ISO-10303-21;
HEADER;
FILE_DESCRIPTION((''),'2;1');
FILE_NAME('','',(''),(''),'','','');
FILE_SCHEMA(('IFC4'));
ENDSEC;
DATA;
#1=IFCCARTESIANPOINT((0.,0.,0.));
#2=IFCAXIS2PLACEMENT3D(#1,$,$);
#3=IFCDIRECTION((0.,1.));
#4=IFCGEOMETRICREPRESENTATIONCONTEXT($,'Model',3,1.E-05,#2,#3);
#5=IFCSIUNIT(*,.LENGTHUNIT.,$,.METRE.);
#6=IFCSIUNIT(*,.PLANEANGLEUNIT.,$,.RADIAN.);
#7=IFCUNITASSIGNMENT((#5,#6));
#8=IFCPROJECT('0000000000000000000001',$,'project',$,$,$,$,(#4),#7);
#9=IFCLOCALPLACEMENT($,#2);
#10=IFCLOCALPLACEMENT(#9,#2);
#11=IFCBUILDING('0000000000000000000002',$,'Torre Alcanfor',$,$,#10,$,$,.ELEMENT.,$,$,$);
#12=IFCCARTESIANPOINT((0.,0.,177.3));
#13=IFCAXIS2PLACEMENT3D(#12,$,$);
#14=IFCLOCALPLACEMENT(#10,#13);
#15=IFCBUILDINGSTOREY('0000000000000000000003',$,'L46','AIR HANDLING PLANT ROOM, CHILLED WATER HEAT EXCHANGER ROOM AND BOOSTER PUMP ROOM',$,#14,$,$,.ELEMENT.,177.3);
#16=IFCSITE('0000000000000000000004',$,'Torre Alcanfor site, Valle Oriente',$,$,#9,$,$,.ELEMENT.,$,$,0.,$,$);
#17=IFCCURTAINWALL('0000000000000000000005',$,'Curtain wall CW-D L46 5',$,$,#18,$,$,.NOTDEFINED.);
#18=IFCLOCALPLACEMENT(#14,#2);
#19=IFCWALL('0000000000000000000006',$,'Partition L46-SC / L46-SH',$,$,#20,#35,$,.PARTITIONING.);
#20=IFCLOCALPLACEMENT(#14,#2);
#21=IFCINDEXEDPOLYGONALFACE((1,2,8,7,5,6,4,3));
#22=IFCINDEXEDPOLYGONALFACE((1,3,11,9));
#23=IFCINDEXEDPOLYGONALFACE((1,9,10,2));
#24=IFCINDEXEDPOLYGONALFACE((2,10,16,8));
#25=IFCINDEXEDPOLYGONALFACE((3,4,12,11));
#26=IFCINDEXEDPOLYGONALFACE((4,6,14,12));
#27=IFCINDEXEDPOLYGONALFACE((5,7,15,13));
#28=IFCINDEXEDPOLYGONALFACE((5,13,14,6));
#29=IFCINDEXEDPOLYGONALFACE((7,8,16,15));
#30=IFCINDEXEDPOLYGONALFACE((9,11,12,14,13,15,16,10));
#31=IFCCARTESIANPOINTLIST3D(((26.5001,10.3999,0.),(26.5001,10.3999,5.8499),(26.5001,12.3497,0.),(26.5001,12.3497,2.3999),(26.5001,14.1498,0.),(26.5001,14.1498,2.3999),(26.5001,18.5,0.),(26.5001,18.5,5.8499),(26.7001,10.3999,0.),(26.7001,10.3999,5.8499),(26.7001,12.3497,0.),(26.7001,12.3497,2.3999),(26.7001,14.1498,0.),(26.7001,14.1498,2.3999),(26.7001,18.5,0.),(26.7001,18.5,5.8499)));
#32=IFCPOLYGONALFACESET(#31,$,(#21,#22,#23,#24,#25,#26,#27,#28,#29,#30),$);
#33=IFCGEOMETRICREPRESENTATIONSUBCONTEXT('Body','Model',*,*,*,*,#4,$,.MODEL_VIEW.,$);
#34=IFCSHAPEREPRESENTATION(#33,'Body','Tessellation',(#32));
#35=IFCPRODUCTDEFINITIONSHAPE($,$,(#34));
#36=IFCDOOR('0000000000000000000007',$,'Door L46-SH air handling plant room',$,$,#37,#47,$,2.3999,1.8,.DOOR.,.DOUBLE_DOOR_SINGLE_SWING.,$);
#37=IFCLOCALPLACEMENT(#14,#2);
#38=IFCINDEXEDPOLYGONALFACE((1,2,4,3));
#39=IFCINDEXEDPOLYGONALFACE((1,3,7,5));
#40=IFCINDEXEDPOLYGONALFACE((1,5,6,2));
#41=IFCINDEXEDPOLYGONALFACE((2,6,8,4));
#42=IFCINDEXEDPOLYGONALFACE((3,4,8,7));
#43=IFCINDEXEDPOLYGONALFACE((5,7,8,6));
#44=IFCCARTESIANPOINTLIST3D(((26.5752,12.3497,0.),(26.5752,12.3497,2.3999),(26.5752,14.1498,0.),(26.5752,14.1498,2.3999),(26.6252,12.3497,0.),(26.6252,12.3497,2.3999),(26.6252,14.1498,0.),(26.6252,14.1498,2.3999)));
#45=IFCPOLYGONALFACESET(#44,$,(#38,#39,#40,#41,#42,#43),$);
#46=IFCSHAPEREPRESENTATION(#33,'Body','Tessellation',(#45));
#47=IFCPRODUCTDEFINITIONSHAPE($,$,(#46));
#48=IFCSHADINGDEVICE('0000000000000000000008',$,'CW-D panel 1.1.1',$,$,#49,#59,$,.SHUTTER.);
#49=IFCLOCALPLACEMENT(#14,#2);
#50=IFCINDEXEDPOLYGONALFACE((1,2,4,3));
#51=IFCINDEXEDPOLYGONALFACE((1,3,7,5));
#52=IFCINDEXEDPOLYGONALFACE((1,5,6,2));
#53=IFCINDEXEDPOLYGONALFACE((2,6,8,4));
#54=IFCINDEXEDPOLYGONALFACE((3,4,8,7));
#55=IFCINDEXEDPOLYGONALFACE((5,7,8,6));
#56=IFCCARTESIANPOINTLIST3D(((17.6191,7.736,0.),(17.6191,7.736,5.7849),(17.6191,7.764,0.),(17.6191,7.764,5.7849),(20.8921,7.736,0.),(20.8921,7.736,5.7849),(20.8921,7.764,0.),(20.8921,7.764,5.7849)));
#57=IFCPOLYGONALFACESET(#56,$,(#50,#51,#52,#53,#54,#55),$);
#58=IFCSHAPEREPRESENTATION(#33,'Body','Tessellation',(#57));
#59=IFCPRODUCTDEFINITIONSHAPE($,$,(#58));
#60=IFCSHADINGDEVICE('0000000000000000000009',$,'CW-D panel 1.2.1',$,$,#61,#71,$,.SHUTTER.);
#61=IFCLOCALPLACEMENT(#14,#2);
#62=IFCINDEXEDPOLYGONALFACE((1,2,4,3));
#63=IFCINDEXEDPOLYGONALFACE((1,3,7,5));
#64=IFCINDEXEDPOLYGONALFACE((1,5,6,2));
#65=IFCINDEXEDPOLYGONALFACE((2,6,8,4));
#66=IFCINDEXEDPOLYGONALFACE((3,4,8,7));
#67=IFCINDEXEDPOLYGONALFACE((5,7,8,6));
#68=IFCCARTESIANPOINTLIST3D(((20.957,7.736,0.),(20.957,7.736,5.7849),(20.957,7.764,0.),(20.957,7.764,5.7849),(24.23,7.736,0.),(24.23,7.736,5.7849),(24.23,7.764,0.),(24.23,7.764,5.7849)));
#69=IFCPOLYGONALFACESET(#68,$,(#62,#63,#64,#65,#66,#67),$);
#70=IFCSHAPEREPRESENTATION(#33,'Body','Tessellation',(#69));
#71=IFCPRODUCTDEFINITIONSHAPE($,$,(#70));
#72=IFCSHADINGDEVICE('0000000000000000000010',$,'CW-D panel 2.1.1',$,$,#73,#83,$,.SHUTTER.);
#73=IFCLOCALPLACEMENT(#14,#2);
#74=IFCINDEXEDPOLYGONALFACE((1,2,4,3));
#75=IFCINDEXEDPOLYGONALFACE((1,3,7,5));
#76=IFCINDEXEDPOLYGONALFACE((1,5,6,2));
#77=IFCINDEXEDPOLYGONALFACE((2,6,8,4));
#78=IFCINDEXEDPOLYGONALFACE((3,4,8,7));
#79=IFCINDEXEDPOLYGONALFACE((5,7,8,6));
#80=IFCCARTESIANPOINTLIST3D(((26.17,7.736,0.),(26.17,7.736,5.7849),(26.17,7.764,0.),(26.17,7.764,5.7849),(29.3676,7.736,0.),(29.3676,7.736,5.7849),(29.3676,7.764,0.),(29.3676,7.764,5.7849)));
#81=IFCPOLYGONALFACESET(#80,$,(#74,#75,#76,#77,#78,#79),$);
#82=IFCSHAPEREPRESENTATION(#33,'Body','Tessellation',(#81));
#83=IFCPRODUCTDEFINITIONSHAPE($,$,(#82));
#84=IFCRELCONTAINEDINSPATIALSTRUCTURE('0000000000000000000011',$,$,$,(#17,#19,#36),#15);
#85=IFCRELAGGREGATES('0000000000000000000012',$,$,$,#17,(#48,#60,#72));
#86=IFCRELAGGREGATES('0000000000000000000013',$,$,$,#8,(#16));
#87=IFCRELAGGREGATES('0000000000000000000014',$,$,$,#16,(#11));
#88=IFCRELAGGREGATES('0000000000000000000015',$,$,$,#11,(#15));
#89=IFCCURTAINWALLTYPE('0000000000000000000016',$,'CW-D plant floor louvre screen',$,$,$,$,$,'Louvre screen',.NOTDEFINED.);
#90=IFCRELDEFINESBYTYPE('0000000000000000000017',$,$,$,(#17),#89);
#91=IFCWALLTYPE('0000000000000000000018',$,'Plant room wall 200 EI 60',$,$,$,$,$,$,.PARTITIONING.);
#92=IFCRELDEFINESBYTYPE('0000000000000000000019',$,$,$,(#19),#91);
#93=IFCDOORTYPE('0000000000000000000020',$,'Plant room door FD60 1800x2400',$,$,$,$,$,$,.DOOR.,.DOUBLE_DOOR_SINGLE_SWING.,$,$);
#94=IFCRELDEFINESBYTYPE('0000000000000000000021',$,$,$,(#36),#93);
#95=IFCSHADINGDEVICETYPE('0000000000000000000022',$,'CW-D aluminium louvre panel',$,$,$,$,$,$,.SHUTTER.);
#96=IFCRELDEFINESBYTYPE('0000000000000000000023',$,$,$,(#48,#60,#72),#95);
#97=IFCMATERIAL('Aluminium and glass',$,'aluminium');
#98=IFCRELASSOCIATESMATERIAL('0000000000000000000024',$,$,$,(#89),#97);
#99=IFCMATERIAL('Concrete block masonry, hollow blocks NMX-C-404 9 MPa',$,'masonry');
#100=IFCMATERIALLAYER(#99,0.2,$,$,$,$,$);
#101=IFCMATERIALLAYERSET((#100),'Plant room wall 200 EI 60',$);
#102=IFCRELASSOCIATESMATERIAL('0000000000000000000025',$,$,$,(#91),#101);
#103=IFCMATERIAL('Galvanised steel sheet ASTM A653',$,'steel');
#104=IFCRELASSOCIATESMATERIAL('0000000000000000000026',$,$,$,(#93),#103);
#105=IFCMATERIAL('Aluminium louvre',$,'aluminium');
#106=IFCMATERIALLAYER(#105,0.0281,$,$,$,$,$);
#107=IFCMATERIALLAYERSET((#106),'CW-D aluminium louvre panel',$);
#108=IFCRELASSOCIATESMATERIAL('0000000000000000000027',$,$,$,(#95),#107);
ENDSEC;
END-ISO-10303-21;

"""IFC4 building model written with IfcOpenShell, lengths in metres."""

from ifc_helpers import new_model, si_unit, direction, frame, frame_2d, origin, origin_2d, place, context, subcontext, project, spatial, rectangle, extrude, material, layer, layer_set, type_object, element, fill, aggregate, save


model = new_model("IFC4")

# Units and contexts
model_context = context("Model", 3, precision=1e-05, world=origin(), true_north=direction((0.0, 1.0)))
body_context = subcontext(model_context, "Body", "Model", "MODEL_VIEW")
ifc_project = project(units=[si_unit("LENGTHUNIT", "METRE"), si_unit("PLANEANGLEUNIT", "RADIAN")], contexts=[model_context])

# Site, building, storey
site_placement = place(None, origin())
site = spatial("IfcSite", under=ifc_project, at=site_placement, Name="Torre Alcanfor site, Valle Oriente", CompositionType="ELEMENT", RefElevation=0.0)
building_placement = place(site_placement, origin())
building = spatial("IfcBuilding", under=site, at=building_placement, Name="Torre Alcanfor", CompositionType="ELEMENT")
storey_placement = place(building_placement, frame((0.0, 0.0, 177.3)))
storey = spatial("IfcBuildingStorey", under=building, at=storey_placement, Name="L46", Description="AIR HANDLING PLANT ROOM, CHILLED WATER HEAT EXCHANGER ROOM AND BOOSTER PUMP ROOM", CompositionType="ELEMENT", Elevation=177.3)

# Curtain wall
ifc_material_1 = material(Name="Aluminium and glass", Category="aluminium")
curtain_wall_type = type_object("IfcCurtainWallType", Name="CW-D plant floor louvre screen", ElementType="Louvre screen", PredefinedType="NOTDEFINED", material=ifc_material_1)
curtain_wall_placement = place(storey_placement, origin())
curtain_wall = element("IfcCurtainWall", 1, at=curtain_wall_placement, inside=storey, type_object=curtain_wall_type, Name="Curtain wall CW-D L46 5", PredefinedType="NOTDEFINED")

# Shared definitions
ifc_material_2 = material(Name="Concrete block masonry, hollow blocks NMX-C-404 9 MPa", Category="masonry")
ifc_layer_1 = layer(ifc_material_2, 0.2)
ifc_layer_set_1 = layer_set([ifc_layer_1], Name="Plant room wall 200 EI 60")
wall_type = type_object("IfcWallType", Name="Plant room wall 200 EI 60", PredefinedType="PARTITIONING", material=ifc_layer_set_1)

# Wall, opening, door
wall_1_placement = place(storey_placement, frame((26.6001, 10.3999, 0.0), z_axis=(0.0, 0.0, 1.0), x_axis=(0.0, 1.0, 0.0)))
wall_1 = element("IfcWall", 2, at=wall_1_placement, inside=storey, type_object=wall_type, Name="Partition L46-SC / L46-SH", PredefinedType="PARTITIONING", context=body_context, shape_type="SweptSolid", body=[
    extrude(rectangle(XDim=8.1001, YDim=0.2, at=frame_2d((4.05, 0.0))), origin(), (0.0, 0.0, 1.0), 5.8499),
])
opening_placement = place(wall_1_placement, frame((1.95, 0.0, 0.0)))
opening = element("IfcOpeningElement", 3, at=opening_placement, cuts=wall_1, PredefinedType="OPENING", context=body_context, shape_type="SweptSolid", body=[
    extrude(rectangle(XDim=1.8, YDim=2.3999, at=frame_2d((0.8999, 1.2))), frame((0.0, 0.1099, 0.0), z_axis=(0.0, -1.0, 0.0), x_axis=(1.0, 0.0, 0.0)), (0.0, 0.0, 1.0), 0.22),
])
ifc_material_3 = material(Name="Galvanised steel sheet ASTM A653", Category="steel")
door_type = type_object("IfcDoorType", Name="Plant room door FD60 1800x2400", OperationType="DOUBLE_DOOR_SINGLE_SWING", PredefinedType="DOOR", material=ifc_material_3)
door_placement = place(opening_placement, origin())
door = element("IfcDoor", 4, at=door_placement, inside=storey, type_object=door_type, Name="Door L46-SH air handling plant room", OperationType="DOUBLE_DOOR_SINGLE_SWING", OverallHeight=2.3999, OverallWidth=1.8, PredefinedType="DOOR", context=body_context, shape_type="SweptSolid", body=[
    extrude(rectangle(XDim=1.8, YDim=2.3999, at=frame_2d((0.8999, 1.2))), frame((0.0, 0.0249, 0.0), z_axis=(0.0, -1.0, 0.0), x_axis=(1.0, 0.0, 0.0)), (0.0, 0.0, 1.0), 0.05),
])
fill(opening, door)

# Shading devices
ifc_material_4 = material(Name="Aluminium louvre", Category="aluminium")
ifc_layer_2 = layer(ifc_material_4, 0.0281)
ifc_layer_set_2 = layer_set([ifc_layer_2], Name="CW-D aluminium louvre panel")
shading_device_type = type_object("IfcShadingDeviceType", Name="CW-D aluminium louvre panel", PredefinedType="SHUTTER", material=ifc_layer_set_2)
shading_device_1_placement = place(storey_placement, frame((19.2556, 7.75, 0.0), z_axis=(0.0, 0.0, 1.0), x_axis=(1.0, 0.0, 0.0)))
shading_device_1 = element("IfcShadingDevice", 5, at=shading_device_1_placement, type_object=shading_device_type, Name="CW-D panel 1.1.1", PredefinedType="SHUTTER", context=body_context, shape_type="SweptSolid", body=[
    extrude(rectangle(XDim=3.2729, YDim=0.0281, at=origin_2d()), origin(), (0.0, 0.0, 1.0), 5.7849),
])
shading_device_2_placement = place(storey_placement, frame((22.5935, 7.75, 0.0), z_axis=(0.0, 0.0, 1.0), x_axis=(1.0, 0.0, 0.0)))
shading_device_2 = element("IfcShadingDevice", 6, at=shading_device_2_placement, type_object=shading_device_type, Name="CW-D panel 1.2.1", PredefinedType="SHUTTER", context=body_context, shape_type="SweptSolid", body=[
    extrude(rectangle(XDim=3.2729, YDim=0.0281, at=origin_2d()), origin(), (0.0, 0.0, 1.0), 5.7849),
])
shading_device_3_placement = place(storey_placement, frame((27.7688, 7.75, 0.0), z_axis=(0.0, 0.0, 1.0), x_axis=(1.0, 0.0, 0.0)))
shading_device_3 = element("IfcShadingDevice", 7, at=shading_device_3_placement, type_object=shading_device_type, Name="CW-D panel 2.1.1", PredefinedType="SHUTTER", context=body_context, shape_type="SweptSolid", body=[
    extrude(rectangle(XDim=3.1975, YDim=0.0281, at=origin_2d()), origin(), (0.0, 0.0, 1.0), 5.7849),
])
aggregate(curtain_wall, [shading_device_1, shading_device_2, shading_device_3])

save(model, "model.ifc")
